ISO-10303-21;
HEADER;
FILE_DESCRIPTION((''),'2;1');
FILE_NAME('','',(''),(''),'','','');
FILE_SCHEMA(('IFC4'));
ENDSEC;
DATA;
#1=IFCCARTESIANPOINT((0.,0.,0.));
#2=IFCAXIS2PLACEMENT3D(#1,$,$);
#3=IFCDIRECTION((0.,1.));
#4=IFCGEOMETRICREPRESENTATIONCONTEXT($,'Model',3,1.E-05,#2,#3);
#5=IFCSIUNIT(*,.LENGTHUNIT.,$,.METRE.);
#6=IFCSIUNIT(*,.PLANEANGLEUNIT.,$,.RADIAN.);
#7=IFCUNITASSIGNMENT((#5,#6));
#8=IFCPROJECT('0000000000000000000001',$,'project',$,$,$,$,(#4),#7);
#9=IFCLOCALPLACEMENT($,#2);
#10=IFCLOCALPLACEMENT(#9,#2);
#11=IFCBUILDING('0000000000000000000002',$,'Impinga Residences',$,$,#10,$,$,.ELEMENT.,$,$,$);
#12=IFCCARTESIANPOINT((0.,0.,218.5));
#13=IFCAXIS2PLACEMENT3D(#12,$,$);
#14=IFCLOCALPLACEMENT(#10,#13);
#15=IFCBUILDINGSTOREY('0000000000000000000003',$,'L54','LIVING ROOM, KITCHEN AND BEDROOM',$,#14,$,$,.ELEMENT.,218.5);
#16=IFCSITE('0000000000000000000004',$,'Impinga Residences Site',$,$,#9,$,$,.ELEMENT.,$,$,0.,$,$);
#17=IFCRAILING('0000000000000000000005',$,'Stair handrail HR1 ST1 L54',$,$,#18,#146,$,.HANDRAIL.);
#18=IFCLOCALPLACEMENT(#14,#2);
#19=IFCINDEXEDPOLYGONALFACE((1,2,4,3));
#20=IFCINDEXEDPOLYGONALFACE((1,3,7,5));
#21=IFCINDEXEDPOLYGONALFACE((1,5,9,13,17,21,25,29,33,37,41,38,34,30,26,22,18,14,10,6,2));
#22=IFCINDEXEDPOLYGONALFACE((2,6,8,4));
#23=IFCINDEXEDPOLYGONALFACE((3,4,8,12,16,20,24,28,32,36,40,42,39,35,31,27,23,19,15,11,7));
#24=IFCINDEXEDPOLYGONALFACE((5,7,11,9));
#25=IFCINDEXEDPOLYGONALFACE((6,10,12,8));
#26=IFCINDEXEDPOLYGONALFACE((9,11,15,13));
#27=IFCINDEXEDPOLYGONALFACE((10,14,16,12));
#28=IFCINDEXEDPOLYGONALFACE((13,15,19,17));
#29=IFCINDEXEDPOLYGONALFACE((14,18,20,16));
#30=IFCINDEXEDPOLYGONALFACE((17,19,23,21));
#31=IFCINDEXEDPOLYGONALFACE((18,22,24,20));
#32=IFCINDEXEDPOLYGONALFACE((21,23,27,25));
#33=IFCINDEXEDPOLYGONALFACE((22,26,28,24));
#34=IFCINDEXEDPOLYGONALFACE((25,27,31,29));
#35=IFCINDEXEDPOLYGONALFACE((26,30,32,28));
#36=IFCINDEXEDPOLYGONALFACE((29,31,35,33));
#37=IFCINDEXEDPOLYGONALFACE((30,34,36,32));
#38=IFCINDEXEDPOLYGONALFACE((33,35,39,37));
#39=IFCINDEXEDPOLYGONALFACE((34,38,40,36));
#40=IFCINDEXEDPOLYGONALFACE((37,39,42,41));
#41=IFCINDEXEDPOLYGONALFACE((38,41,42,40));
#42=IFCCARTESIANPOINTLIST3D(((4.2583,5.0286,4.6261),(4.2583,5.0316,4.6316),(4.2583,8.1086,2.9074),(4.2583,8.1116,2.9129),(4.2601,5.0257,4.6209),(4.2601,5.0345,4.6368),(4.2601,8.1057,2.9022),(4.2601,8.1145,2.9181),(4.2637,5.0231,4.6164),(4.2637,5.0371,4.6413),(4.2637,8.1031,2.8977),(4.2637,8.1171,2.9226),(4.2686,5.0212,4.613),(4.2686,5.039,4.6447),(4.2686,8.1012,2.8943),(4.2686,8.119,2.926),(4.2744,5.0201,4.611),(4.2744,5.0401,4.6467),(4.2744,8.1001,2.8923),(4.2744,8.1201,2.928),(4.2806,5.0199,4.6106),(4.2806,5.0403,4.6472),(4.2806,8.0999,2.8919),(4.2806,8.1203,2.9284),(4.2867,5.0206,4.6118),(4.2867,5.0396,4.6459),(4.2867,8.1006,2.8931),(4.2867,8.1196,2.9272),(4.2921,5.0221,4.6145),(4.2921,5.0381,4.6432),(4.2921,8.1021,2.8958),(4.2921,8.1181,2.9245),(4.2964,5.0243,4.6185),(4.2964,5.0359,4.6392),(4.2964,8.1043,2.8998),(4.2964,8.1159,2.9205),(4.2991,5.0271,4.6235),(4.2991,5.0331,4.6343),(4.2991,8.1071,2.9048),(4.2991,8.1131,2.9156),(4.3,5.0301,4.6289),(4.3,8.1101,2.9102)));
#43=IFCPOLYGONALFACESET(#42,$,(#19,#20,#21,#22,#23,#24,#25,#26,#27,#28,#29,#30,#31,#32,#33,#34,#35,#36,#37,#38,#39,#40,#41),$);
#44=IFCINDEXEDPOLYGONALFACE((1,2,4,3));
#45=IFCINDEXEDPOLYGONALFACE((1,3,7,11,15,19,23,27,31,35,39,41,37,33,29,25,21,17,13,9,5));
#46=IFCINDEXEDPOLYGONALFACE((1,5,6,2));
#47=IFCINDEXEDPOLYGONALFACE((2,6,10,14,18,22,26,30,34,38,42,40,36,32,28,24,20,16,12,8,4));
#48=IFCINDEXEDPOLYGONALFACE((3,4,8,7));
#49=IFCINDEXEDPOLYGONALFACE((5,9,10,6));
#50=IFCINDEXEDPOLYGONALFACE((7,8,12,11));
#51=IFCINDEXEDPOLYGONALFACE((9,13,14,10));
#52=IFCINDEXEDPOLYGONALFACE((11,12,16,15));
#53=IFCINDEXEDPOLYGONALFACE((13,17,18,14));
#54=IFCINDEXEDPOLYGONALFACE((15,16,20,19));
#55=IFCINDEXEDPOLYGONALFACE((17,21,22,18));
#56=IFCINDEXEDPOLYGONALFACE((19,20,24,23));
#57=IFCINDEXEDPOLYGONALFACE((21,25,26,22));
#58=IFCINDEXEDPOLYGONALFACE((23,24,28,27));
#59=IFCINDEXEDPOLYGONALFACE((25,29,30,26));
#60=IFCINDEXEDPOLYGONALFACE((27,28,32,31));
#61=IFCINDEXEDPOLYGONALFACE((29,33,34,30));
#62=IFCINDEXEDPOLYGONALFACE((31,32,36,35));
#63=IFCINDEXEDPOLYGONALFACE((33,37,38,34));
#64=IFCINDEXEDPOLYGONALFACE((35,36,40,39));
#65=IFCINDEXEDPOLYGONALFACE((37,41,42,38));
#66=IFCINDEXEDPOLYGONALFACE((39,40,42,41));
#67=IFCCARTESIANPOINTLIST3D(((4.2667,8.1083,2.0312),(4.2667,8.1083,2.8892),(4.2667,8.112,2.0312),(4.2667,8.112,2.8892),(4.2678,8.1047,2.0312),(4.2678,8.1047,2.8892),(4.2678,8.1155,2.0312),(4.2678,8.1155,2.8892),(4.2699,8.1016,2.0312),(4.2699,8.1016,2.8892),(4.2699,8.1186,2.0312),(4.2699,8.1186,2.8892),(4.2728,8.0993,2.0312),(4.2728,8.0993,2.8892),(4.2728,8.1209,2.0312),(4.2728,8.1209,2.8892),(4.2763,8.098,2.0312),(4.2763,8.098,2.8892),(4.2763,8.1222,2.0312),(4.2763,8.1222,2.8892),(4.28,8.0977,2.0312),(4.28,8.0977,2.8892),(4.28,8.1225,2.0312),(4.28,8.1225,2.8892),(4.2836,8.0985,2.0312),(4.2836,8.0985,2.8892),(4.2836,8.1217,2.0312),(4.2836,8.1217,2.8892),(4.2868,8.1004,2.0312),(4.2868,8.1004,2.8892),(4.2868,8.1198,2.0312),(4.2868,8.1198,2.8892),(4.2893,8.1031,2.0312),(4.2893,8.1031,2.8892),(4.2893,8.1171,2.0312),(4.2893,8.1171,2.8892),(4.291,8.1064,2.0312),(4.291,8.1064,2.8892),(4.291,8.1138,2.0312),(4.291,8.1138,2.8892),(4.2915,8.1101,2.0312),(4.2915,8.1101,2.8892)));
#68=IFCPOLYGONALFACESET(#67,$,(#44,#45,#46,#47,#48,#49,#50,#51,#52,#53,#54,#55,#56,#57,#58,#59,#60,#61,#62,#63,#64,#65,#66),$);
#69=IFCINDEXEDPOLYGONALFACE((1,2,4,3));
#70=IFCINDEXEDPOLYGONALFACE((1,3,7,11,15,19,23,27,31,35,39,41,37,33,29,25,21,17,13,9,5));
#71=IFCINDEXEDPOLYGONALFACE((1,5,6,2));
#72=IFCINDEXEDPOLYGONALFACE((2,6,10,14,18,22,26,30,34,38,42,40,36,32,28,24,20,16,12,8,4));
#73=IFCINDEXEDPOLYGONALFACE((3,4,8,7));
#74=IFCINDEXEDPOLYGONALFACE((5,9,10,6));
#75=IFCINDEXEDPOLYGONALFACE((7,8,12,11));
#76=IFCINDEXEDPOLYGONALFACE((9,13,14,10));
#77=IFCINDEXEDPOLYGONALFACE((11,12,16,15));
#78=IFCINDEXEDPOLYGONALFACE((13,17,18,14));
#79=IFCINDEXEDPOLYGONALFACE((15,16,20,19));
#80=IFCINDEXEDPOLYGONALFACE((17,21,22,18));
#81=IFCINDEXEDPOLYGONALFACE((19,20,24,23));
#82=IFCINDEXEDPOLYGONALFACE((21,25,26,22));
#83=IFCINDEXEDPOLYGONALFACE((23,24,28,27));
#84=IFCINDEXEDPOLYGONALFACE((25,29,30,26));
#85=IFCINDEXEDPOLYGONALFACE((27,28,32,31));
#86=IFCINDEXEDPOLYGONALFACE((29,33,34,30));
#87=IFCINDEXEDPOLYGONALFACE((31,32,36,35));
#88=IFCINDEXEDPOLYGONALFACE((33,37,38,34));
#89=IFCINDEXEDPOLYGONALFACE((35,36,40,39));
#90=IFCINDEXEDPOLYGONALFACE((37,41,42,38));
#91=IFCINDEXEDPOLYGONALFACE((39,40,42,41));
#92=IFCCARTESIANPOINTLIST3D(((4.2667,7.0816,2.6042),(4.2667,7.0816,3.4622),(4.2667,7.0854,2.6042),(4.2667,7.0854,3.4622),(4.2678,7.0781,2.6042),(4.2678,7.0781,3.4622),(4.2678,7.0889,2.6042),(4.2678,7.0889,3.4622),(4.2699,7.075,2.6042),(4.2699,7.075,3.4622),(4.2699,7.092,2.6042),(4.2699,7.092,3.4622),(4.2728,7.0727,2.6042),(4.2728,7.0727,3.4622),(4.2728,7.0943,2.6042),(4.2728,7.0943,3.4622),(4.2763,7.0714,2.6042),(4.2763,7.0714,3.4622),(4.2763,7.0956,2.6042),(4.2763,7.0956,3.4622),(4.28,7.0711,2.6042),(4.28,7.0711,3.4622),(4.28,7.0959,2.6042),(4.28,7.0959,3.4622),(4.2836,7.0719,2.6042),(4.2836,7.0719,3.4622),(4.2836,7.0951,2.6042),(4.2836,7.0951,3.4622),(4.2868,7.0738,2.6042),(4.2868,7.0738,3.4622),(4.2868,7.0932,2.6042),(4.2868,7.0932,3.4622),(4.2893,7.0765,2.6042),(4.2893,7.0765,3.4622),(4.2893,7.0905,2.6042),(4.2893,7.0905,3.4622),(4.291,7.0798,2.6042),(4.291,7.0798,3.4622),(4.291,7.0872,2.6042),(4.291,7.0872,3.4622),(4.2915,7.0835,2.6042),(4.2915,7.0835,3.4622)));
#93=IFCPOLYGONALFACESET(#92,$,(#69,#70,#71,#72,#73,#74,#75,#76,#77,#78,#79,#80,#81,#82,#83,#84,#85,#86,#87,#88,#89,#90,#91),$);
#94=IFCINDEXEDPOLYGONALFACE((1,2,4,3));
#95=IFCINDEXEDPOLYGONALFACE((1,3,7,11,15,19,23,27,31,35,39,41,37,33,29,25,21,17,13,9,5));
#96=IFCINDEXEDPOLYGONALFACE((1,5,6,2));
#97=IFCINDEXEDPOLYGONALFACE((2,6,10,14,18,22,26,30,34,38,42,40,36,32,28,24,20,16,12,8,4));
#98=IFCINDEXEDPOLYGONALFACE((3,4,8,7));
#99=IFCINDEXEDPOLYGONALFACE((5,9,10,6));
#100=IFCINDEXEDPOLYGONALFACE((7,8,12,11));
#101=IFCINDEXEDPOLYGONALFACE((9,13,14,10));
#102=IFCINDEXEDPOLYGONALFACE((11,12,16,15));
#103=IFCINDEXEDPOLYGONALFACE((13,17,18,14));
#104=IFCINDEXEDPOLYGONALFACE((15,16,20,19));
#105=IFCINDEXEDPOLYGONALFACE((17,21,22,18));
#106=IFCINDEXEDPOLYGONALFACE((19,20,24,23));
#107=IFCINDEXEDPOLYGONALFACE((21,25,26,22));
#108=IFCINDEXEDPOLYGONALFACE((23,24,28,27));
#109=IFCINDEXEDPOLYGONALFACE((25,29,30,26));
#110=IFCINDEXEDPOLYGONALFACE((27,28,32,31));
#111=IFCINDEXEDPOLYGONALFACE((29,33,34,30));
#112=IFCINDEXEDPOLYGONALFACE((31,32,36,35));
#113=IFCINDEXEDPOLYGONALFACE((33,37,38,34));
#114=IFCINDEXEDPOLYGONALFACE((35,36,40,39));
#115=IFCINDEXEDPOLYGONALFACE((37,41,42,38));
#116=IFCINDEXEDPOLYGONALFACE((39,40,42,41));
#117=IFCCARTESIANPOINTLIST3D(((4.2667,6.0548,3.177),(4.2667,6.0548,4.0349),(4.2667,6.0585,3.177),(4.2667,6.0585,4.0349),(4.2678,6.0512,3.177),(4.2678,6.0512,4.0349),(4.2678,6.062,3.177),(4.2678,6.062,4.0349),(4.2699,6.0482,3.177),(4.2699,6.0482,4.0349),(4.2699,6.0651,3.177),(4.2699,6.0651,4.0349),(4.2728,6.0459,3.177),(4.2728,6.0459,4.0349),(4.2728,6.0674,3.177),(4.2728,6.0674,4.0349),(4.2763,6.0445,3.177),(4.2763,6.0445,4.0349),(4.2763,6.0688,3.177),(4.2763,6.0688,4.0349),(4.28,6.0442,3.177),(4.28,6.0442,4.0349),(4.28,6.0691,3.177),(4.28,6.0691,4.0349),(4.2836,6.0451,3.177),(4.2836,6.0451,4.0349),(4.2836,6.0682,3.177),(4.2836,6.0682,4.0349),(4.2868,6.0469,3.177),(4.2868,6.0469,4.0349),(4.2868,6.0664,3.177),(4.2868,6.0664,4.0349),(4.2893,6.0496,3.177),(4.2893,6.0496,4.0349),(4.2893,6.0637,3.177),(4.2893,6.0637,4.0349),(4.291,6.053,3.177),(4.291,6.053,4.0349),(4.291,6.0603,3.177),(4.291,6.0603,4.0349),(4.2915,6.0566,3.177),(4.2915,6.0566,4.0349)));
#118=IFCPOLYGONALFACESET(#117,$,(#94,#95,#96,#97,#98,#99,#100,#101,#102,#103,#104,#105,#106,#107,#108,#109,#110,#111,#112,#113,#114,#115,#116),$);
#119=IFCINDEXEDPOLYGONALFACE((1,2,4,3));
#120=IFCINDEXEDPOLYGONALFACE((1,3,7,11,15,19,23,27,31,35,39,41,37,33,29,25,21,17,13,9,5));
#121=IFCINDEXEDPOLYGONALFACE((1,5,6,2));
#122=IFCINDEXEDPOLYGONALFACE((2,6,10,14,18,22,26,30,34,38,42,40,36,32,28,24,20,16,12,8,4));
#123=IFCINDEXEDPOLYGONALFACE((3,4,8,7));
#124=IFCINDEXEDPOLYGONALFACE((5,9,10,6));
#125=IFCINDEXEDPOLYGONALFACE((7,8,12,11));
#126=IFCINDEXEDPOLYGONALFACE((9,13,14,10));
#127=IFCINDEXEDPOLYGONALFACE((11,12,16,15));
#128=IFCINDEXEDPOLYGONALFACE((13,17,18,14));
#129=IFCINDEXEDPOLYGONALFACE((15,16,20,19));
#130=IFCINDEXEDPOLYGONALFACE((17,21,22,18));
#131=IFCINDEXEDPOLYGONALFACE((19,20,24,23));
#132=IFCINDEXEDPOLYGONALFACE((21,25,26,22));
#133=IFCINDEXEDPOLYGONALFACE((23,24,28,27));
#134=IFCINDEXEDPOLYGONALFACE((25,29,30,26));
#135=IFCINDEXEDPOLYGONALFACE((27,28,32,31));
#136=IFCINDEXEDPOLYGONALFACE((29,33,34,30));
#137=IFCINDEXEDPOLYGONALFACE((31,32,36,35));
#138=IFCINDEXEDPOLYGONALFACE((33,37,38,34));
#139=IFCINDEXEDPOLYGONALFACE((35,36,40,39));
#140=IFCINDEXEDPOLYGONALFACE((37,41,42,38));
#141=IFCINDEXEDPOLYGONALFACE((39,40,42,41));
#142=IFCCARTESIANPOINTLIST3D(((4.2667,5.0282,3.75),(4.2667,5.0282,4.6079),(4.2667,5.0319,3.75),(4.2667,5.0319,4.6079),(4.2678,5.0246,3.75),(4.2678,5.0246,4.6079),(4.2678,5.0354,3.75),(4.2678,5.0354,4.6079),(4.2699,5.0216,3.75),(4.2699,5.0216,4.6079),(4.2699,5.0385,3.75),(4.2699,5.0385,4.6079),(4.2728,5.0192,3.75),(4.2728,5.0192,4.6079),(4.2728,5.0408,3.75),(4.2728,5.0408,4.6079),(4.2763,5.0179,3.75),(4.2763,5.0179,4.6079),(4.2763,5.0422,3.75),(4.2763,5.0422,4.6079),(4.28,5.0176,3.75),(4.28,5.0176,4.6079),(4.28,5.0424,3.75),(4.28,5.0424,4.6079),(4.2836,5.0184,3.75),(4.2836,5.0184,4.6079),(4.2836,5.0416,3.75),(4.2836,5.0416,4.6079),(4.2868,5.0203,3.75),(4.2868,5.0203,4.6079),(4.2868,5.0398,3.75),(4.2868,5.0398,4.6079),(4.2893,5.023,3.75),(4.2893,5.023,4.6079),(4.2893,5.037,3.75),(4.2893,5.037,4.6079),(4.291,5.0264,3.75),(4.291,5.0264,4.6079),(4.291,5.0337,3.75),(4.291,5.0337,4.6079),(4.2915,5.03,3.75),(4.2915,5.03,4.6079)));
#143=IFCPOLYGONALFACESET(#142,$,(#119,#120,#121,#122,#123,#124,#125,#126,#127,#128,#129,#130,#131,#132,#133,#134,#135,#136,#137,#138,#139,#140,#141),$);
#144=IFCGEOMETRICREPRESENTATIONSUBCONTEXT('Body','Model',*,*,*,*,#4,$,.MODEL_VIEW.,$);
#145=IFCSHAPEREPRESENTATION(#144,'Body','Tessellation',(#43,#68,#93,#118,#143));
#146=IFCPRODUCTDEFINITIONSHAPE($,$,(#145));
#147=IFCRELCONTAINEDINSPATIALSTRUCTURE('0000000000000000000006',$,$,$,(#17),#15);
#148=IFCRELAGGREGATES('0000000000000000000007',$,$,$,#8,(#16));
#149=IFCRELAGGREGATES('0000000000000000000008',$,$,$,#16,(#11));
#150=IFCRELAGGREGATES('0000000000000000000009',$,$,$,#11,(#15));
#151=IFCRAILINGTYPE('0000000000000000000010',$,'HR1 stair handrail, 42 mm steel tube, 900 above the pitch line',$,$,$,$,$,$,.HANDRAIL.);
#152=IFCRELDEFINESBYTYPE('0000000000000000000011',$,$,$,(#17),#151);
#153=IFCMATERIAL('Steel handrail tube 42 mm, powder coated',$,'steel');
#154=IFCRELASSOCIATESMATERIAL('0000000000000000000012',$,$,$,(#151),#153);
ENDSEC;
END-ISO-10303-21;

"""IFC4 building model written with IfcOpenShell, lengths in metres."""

from ifc_helpers import new_model, si_unit, direction, frame, origin, origin_2d, place, context, subcontext, project, spatial, circle, extrude, material, type_object, element, save


model = new_model("IFC4")

# Units and contexts
model_context = context("Model", 3, precision=1e-05, world=origin(), true_north=direction((0.0, 1.0)))
body_context = subcontext(model_context, "Body", "Model", "MODEL_VIEW")
ifc_project = project(units=[si_unit("LENGTHUNIT", "METRE"), si_unit("PLANEANGLEUNIT", "RADIAN")], contexts=[model_context])

# Site, building, storey
site_placement = place(None, origin())
site = spatial("IfcSite", under=ifc_project, at=site_placement, Name="Impinga Residences Site", CompositionType="ELEMENT", RefElevation=0.0)
building_placement = place(site_placement, origin())
building = spatial("IfcBuilding", under=site, at=building_placement, Name="Impinga Residences", CompositionType="ELEMENT")
storey_placement = place(building_placement, frame((0.0, 0.0, 218.5)))
storey = spatial("IfcBuildingStorey", under=building, at=storey_placement, Name="L54", Description="LIVING ROOM, KITCHEN AND BEDROOM", CompositionType="ELEMENT", Elevation=218.5)

# Railing
ifc_material_1 = material(Name="Steel handrail tube 42 mm, powder coated", Category="steel")
railing_type_1 = type_object("IfcRailingType", Name="HR1 stair handrail, 42 mm steel tube, 900 above the pitch line", PredefinedType="HANDRAIL", material=ifc_material_1)
railing_1_placement = place(storey_placement, frame((4.2791, 8.1101, 2.0312)))
element("IfcRailing", 1, at=railing_1_placement, inside=storey, type_object=railing_type_1, Name="Stair handrail HR1 ST1 L54", PredefinedType="HANDRAIL", context=body_context, shape_type="SweptSolid", body=[
    extrude(circle(Radius=0.021, at=origin_2d()), frame((0.0, 0.0, 0.8789), z_axis=(0.0, -0.873242, 0.487288), x_axis=(1.0, 0.0, 0.0)), (0.0, 0.0, 1.0), 3.5271),
    extrude(circle(Radius=0.0125, at=origin_2d()), origin(), (0.0, 0.0, 1.0), 0.8579),
    extrude(circle(Radius=0.0125, at=origin_2d()), frame((0.0, -1.0266, 0.573)), (0.0, 0.0, 1.0), 0.8579),
    extrude(circle(Radius=0.0125, at=origin_2d()), frame((0.0, -2.0535, 1.1458)), (0.0, 0.0, 1.0), 0.8579),
    extrude(circle(Radius=0.0125, at=origin_2d()), frame((0.0, -3.0801, 1.7188)), (0.0, 0.0, 1.0), 0.8579),
])

save(model, "model.ifc")
